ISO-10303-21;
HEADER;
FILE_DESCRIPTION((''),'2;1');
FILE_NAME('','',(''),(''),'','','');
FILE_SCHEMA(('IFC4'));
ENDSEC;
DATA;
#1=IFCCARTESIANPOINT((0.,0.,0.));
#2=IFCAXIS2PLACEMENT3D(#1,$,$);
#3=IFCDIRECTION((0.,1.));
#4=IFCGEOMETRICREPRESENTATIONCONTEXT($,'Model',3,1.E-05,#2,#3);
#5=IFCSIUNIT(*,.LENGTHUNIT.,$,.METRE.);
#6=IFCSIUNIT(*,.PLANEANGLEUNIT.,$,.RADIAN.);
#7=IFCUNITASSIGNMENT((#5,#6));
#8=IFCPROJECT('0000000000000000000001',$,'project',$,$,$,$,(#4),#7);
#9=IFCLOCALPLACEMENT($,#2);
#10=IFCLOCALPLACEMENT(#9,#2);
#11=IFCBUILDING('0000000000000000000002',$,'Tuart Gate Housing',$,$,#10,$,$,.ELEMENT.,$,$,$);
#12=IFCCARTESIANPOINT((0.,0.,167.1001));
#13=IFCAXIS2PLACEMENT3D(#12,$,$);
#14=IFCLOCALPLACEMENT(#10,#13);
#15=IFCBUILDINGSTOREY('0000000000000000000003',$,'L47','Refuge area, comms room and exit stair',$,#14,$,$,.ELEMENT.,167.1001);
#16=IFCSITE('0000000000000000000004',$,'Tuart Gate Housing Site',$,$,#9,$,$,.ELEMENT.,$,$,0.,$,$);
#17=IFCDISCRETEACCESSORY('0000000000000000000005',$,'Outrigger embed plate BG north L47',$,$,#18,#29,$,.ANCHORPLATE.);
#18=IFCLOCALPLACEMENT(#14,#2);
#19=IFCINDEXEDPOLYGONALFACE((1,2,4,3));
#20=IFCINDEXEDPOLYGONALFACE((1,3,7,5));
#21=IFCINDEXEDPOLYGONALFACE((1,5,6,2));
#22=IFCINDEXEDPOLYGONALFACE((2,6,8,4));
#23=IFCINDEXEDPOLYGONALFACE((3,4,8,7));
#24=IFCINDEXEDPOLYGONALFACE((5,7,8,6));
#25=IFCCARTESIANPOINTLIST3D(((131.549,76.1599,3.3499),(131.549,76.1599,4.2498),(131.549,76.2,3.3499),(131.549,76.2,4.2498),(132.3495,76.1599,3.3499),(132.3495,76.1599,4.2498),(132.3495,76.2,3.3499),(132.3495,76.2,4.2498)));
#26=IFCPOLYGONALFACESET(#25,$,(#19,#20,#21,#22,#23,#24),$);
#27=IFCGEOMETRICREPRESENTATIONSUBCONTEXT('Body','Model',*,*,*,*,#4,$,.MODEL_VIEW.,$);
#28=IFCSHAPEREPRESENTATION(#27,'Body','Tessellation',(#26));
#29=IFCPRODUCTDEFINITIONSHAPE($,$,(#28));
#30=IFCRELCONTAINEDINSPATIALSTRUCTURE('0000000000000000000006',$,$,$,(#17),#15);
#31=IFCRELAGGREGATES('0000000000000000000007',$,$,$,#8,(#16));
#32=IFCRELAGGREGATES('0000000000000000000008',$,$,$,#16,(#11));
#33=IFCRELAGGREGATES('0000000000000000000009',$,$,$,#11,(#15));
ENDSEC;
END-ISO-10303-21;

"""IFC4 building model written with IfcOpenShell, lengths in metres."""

from ifc_helpers import new_model, si_unit, direction, frame, origin, origin_2d, place, context, subcontext, project, spatial, rectangle, extrude, element, save


model = new_model("IFC4")

# Units and contexts
model_context = context("Model", 3, precision=1e-05, world=origin(), true_north=direction((0.0, 1.0)))
body_context = subcontext(model_context, "Body", "Model", "MODEL_VIEW")
ifc_project = project(units=[si_unit("LENGTHUNIT", "METRE"), si_unit("PLANEANGLEUNIT", "RADIAN")], contexts=[model_context])

# Site, building, storey
site_placement = place(None, origin())
site = spatial("IfcSite", under=ifc_project, at=site_placement, Name="Tuart Gate Housing Site", CompositionType="ELEMENT", RefElevation=0.0)
building_placement = place(site_placement, origin())
building = spatial("IfcBuilding", under=site, at=building_placement, Name="Tuart Gate Housing", CompositionType="ELEMENT")
storey_placement = place(building_placement, frame((0.0, 0.0, 167.1001)))
storey = spatial("IfcBuildingStorey", under=building, at=storey_placement, Name="L47", Description="Refuge area, comms room and exit stair", CompositionType="ELEMENT", Elevation=167.1001)

# Discrete accessory
discrete_accessory_placement = place(storey_placement, frame((131.9492, 76.1799, 3.3499), z_axis=(0.0, 0.0, 1.0), x_axis=(1.0, 0.0, 0.0)))
element("IfcDiscreteAccessory", 1, at=discrete_accessory_placement, inside=storey, Name="Outrigger embed plate BG north L47", PredefinedType="ANCHORPLATE", context=body_context, shape_type="SweptSolid", body=[
    extrude(rectangle(XDim=0.8005, YDim=0.04, at=origin_2d()), origin(), (0.0, 0.0, 1.0), 0.8999),
])

save(model, "model.ifc")
